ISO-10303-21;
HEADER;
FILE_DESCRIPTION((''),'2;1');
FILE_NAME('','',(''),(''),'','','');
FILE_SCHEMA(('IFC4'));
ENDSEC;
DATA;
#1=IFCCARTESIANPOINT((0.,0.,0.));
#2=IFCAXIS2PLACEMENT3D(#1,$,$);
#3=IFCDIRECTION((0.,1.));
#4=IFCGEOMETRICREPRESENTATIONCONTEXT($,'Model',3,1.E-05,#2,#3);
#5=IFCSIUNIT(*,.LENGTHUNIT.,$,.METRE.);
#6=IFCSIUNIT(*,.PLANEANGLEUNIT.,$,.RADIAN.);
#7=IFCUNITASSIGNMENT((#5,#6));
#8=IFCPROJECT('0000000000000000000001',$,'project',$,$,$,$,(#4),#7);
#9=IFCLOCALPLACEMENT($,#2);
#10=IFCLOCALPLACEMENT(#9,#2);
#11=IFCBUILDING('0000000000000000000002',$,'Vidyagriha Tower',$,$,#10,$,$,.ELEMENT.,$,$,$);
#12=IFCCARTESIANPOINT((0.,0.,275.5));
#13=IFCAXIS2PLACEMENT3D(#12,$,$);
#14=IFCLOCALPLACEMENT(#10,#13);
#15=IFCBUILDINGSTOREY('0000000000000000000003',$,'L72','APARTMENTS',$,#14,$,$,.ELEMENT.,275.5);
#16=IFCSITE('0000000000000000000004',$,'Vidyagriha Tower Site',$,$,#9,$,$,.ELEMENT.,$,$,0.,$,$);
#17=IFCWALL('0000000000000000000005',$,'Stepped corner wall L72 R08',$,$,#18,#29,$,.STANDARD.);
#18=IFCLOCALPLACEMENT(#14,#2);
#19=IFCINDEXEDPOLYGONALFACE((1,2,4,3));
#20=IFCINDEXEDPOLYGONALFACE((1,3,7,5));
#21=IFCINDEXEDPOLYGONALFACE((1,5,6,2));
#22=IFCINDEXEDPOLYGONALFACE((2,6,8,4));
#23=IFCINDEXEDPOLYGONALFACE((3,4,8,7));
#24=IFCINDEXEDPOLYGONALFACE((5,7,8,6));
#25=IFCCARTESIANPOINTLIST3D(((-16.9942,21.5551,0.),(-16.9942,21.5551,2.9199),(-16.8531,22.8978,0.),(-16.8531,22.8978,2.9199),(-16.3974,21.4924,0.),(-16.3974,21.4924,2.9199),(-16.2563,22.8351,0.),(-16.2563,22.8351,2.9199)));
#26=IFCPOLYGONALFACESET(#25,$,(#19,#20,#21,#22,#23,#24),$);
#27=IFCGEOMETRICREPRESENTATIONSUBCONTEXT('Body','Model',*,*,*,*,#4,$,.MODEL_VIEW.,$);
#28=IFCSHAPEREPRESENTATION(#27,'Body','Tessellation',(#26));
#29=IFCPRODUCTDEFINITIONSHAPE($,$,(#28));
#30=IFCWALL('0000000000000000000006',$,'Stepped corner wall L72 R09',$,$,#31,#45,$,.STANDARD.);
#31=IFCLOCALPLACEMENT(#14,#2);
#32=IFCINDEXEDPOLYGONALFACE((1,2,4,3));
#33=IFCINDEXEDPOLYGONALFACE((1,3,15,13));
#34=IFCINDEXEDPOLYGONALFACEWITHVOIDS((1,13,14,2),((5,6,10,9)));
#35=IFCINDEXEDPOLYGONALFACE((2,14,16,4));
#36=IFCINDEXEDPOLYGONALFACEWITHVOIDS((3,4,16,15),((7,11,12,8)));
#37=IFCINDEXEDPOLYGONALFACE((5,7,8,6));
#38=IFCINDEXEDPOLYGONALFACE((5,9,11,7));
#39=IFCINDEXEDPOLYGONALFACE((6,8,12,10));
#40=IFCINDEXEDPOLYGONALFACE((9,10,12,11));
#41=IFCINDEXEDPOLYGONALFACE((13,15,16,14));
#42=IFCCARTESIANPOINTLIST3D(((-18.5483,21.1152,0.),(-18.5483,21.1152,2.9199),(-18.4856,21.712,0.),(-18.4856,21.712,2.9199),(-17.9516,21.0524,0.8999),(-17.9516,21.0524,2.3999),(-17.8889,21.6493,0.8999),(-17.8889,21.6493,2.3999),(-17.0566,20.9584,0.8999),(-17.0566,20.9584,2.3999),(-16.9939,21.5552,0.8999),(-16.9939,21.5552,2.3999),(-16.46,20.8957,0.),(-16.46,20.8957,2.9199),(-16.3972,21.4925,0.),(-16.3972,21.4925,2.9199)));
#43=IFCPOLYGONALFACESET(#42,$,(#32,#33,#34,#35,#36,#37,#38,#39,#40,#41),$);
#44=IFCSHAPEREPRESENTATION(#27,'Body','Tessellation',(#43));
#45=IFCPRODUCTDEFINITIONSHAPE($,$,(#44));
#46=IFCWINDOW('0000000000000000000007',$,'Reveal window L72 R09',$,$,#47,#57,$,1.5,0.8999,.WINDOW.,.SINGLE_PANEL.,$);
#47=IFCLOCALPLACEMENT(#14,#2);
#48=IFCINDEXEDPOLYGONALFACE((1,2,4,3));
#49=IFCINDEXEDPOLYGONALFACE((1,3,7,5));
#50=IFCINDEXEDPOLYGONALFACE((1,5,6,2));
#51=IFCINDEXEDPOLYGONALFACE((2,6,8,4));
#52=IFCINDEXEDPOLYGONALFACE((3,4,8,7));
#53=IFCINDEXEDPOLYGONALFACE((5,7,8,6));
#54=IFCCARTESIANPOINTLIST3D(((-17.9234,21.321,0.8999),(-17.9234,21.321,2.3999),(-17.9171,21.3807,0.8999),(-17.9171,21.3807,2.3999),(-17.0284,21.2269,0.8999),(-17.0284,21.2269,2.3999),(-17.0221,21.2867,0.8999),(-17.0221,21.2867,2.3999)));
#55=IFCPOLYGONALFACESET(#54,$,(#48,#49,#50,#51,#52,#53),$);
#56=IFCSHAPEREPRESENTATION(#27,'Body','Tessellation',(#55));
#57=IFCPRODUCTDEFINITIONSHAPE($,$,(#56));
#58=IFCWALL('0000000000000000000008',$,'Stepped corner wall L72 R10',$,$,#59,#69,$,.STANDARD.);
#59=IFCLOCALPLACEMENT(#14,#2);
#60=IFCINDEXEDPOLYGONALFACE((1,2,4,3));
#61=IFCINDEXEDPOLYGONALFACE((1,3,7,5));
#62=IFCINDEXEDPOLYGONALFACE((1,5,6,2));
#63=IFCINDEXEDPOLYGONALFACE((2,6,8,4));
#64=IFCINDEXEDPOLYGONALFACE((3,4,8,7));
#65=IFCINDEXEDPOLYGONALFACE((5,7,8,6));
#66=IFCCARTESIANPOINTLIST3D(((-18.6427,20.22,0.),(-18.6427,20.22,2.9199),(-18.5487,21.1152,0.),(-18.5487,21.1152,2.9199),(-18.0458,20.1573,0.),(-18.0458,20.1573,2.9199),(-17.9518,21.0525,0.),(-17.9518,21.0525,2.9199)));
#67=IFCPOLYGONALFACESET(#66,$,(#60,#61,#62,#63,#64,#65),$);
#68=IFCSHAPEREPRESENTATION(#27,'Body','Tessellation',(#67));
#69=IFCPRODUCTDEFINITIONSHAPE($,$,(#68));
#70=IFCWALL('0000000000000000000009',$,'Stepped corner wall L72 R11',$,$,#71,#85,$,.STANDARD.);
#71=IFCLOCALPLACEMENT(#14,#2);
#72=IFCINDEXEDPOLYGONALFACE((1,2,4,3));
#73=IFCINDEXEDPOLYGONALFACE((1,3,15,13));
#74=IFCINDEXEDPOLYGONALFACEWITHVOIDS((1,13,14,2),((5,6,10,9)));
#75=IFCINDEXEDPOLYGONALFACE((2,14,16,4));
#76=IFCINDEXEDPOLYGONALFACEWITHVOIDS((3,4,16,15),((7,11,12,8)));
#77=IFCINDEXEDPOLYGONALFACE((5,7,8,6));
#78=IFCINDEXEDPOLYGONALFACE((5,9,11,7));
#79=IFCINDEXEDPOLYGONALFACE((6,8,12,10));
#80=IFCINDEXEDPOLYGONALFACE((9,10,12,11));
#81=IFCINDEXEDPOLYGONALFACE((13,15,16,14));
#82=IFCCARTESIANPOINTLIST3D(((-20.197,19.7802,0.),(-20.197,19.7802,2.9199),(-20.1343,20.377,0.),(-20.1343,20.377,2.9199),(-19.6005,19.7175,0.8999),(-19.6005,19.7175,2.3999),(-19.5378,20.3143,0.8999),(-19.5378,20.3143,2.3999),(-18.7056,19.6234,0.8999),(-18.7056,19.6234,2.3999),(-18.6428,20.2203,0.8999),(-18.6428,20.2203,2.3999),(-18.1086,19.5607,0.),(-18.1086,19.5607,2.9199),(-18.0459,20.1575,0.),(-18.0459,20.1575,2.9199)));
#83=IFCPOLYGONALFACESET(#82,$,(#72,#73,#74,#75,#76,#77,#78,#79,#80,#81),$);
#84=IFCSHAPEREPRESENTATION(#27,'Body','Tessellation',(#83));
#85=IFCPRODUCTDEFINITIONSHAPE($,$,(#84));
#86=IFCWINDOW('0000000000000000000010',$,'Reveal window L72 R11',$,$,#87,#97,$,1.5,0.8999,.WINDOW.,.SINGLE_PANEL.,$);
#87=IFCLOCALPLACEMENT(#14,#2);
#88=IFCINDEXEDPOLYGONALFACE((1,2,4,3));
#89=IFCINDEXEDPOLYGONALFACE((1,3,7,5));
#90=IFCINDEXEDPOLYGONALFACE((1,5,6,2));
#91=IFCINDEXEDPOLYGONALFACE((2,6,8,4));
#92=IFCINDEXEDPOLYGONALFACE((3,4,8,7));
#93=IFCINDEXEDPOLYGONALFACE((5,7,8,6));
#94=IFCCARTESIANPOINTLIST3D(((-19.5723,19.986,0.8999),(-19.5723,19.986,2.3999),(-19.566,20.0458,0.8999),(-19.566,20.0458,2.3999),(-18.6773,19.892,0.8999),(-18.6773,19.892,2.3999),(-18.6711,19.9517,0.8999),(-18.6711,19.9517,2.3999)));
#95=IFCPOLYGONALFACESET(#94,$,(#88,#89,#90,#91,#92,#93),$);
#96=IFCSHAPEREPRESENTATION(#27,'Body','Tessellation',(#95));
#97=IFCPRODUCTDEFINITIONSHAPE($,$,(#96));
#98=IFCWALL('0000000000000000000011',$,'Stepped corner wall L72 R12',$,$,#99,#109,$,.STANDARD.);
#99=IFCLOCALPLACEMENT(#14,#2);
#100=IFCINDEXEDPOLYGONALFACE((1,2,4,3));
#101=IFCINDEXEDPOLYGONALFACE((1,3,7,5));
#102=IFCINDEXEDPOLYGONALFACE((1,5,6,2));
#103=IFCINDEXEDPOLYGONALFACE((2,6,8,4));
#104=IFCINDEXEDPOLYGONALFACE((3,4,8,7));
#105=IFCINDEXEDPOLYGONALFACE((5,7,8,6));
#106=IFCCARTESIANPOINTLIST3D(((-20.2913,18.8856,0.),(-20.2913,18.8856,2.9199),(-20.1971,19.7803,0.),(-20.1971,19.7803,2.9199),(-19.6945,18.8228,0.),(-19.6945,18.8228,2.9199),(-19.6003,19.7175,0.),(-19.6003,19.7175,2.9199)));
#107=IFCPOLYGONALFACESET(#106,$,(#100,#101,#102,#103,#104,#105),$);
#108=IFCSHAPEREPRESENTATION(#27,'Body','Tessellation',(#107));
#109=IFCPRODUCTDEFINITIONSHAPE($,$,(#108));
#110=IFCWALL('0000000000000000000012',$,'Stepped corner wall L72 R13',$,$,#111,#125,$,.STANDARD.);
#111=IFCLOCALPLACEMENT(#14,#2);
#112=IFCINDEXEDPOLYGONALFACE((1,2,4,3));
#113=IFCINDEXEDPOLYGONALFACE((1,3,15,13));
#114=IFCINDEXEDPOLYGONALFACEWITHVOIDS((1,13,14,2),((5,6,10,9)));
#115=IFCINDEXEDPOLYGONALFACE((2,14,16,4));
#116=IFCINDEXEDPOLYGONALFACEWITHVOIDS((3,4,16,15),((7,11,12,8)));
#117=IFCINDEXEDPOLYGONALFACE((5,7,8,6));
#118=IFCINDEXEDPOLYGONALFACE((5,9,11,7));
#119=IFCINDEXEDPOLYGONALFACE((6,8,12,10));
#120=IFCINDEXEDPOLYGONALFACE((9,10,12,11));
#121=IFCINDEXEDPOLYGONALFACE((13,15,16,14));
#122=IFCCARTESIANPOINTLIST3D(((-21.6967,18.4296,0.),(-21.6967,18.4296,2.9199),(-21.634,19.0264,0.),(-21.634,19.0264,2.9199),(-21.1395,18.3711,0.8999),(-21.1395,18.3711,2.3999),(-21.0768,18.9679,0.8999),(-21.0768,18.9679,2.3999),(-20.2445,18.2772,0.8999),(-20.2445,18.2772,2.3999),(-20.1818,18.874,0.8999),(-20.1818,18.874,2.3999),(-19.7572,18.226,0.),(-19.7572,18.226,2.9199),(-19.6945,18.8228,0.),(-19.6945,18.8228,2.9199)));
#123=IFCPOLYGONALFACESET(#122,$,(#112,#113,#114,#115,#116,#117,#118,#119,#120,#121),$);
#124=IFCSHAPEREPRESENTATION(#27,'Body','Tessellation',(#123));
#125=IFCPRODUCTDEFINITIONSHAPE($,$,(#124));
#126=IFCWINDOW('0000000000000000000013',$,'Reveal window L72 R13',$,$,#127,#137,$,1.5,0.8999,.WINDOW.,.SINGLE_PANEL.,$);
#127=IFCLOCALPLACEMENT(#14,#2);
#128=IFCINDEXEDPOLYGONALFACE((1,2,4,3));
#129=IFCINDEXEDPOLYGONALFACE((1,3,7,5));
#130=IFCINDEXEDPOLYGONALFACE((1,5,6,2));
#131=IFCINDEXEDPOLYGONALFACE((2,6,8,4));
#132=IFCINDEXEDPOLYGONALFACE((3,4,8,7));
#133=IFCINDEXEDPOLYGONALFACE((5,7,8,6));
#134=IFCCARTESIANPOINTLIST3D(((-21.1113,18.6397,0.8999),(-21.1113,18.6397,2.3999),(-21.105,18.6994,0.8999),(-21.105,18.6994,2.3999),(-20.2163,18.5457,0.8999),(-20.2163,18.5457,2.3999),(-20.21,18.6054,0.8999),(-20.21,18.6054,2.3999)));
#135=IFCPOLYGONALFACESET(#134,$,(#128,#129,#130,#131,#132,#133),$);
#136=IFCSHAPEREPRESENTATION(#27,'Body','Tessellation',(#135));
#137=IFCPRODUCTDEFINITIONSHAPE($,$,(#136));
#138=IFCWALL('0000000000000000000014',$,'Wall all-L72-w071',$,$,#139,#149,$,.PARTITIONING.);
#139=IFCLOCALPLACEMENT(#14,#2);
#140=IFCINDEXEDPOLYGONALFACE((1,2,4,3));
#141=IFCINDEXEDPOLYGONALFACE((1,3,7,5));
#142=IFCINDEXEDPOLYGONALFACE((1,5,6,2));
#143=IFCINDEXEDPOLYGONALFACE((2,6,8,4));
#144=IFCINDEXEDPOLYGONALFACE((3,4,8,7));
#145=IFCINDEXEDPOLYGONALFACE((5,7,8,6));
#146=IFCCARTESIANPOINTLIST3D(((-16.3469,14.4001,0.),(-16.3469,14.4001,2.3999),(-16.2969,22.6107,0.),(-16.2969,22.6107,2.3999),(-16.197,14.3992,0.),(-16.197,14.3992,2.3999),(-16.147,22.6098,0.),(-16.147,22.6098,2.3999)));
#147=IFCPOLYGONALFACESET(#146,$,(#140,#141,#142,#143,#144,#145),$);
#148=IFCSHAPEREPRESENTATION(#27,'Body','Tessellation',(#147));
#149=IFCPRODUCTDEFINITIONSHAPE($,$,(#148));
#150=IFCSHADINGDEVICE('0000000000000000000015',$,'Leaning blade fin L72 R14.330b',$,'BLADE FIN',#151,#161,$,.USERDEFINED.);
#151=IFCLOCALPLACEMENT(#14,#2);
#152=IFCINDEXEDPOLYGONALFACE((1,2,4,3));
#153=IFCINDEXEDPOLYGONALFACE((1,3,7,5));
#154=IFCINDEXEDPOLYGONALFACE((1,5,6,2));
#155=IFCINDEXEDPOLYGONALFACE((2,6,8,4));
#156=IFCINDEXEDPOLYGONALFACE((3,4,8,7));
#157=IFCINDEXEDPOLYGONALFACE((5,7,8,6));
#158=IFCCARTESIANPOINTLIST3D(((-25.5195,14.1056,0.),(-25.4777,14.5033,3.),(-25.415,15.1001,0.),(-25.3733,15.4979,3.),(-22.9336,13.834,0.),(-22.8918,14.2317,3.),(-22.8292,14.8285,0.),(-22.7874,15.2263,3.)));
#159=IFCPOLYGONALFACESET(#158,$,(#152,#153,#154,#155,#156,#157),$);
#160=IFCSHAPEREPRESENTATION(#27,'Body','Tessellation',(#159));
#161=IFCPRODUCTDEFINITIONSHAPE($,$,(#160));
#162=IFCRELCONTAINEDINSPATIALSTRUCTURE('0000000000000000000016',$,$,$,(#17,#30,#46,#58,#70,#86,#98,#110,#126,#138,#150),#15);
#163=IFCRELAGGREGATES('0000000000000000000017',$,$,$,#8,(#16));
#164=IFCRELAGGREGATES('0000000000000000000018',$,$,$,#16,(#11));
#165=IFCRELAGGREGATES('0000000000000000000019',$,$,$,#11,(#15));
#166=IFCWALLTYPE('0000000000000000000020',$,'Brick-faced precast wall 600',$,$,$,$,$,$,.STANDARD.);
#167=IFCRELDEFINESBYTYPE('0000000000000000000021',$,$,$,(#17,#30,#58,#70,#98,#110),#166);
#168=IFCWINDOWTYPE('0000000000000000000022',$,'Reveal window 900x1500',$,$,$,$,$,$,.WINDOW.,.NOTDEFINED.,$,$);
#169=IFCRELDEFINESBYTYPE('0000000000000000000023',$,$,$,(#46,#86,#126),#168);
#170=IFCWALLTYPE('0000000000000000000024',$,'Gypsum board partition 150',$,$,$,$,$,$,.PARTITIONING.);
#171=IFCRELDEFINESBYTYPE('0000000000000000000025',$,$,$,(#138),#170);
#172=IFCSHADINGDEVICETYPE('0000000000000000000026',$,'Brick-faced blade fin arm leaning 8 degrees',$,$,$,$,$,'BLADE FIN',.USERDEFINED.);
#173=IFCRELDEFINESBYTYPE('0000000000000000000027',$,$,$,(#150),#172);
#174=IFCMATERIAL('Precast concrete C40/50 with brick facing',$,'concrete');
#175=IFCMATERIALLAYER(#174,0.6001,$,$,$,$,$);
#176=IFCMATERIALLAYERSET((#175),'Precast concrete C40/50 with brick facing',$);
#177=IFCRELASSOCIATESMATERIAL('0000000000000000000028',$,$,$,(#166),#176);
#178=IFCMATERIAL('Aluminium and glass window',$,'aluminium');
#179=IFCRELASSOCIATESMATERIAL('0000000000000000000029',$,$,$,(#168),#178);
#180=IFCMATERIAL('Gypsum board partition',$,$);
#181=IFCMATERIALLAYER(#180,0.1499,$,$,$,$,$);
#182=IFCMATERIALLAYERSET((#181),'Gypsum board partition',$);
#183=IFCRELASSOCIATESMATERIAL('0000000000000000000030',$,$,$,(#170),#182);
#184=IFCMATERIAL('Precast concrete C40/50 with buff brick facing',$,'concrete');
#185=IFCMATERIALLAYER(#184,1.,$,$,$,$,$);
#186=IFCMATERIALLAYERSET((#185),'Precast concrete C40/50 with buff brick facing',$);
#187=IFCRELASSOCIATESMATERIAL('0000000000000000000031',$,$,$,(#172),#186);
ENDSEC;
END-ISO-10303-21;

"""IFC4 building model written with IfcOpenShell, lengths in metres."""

from ifc_helpers import new_model, si_unit, direction, frame, frame_2d, origin, place, context, subcontext, project, spatial, polyline, rectangle, outline, extrude, material, layer, layer_set, type_object, element, fill, save


model = new_model("IFC4")

# Units and contexts
model_context = context("Model", 3, precision=1e-05, world=origin(), true_north=direction((0.0, 1.0)))
body_context = subcontext(model_context, "Body", "Model", "MODEL_VIEW")
ifc_project = project(units=[si_unit("LENGTHUNIT", "METRE"), si_unit("PLANEANGLEUNIT", "RADIAN")], contexts=[model_context])

# Site, building, storey
site_placement = place(None, origin())
site = spatial("IfcSite", under=ifc_project, at=site_placement, Name="Vidyagriha Tower Site", CompositionType="ELEMENT", RefElevation=0.0)
building_placement = place(site_placement, origin())
building = spatial("IfcBuilding", under=site, at=building_placement, Name="Vidyagriha Tower", CompositionType="ELEMENT")
storey_placement = place(building_placement, frame((0.0, 0.0, 275.5)))
storey = spatial("IfcBuildingStorey", under=building, at=storey_placement, Name="L72", Description="APARTMENTS", CompositionType="ELEMENT", Elevation=275.5)

# Wall
ifc_material_1 = material(Name="Precast concrete C40/50 with brick facing", Category="concrete")
ifc_layer_1 = layer(ifc_material_1, 0.6001)
ifc_layer_set_1 = layer_set([ifc_layer_1], Name="Precast concrete C40/50 with brick facing")
wall_type_1 = type_object("IfcWallType", Name="Brick-faced precast wall 600", PredefinedType="STANDARD", material=ifc_layer_set_1)
wall_1_placement = place(storey_placement, frame((-16.5547, 22.8665, 0.0), z_axis=(0.0, 0.0, 1.0), x_axis=(-0.104515, -0.994523, 0.0)))
element("IfcWall", 1, at=wall_1_placement, inside=storey, type_object=wall_type_1, Name="Stepped corner wall L72 R08", PredefinedType="STANDARD", context=body_context, shape_type="SweptSolid", body=[
    extrude(rectangle(XDim=1.3501, YDim=0.6001, at=frame_2d((0.675, 0.0))), origin(), (0.0, 0.0, 1.0), 2.9199),
])

# Wall, opening, window
wall_2_placement = place(storey_placement, frame((-16.4287, 21.1941, 0.0), z_axis=(0.0, 0.0, 1.0), x_axis=(-0.994523, 0.104521, 0.0)))
wall_2 = element("IfcWall", 2, at=wall_2_placement, inside=storey, type_object=wall_type_1, Name="Stepped corner wall L72 R09", PredefinedType="STANDARD", context=body_context, shape_type="SweptSolid", body=[
    extrude(rectangle(XDim=2.0999, YDim=0.6001, at=frame_2d((1.0498, 0.0))), origin(), (0.0, 0.0, 1.0), 2.9199),
])
opening_1_placement = place(wall_2_placement, frame((0.5999, 0.0, 0.8999)))
opening_1 = element("IfcOpeningElement", 3, at=opening_1_placement, cuts=wall_2, PredefinedType="OPENING", context=body_context, shape_type="SweptSolid", body=[
    extrude(rectangle(XDim=0.8999, YDim=1.5, at=frame_2d((0.45, 0.75))), frame((0.0, 0.3101, 0.0), z_axis=(0.0, -1.0, 0.0), x_axis=(1.0, 0.0, 0.0)), (0.0, 0.0, 1.0), 0.6201),
])
ifc_material_2 = material(Name="Aluminium and glass window", Category="aluminium")
window_type = type_object("IfcWindowType", Name="Reveal window 900x1500", PartitioningType="NOTDEFINED", PredefinedType="WINDOW", material=ifc_material_2)
window_1_placement = place(opening_1_placement, origin())
window_1 = element("IfcWindow", 4, at=window_1_placement, inside=storey, type_object=window_type, Name="Reveal window L72 R09", OverallHeight=1.5, OverallWidth=0.8999, PartitioningType="SINGLE_PANEL", PredefinedType="WINDOW", context=body_context, shape_type="SweptSolid", body=[
    extrude(rectangle(XDim=0.8999, YDim=1.5, at=frame_2d((0.45, 0.75))), frame((0.0, 0.03, 0.0), z_axis=(0.0, -1.0, 0.0), x_axis=(1.0, 0.0, 0.0)), (0.0, 0.0, 1.0), 0.0601),
])
fill(opening_1, window_1)

# Wall
wall_3_placement = place(storey_placement, frame((-18.2502, 21.084, 0.0), z_axis=(0.0, 0.0, 1.0), x_axis=(-0.104417, -0.994534, 0.0)))
element("IfcWall", 5, at=wall_3_placement, inside=storey, type_object=wall_type_1, Name="Stepped corner wall L72 R10", PredefinedType="STANDARD", context=body_context, shape_type="SweptSolid", body=[
    extrude(rectangle(XDim=0.9001, YDim=0.6001, at=frame_2d((0.4502, 0.0))), origin(), (0.0, 0.0, 1.0), 2.9199),
])

# Wall, opening, window
wall_4_placement = place(storey_placement, frame((-18.0774, 19.8591, 0.0), z_axis=(0.0, 0.0, 1.0), x_axis=(-0.994523, 0.104521, 0.0)))
wall_4 = element("IfcWall", 6, at=wall_4_placement, inside=storey, type_object=wall_type_1, Name="Stepped corner wall L72 R11", PredefinedType="STANDARD", context=body_context, shape_type="SweptSolid", body=[
    extrude(rectangle(XDim=2.0999, YDim=0.6001, at=frame_2d((1.0498, 0.0))), origin(), (0.0, 0.0, 1.0), 2.9199),
])
opening_2_placement = place(wall_4_placement, frame((0.6001, 0.0, 0.8999)))
opening_2 = element("IfcOpeningElement", 7, at=opening_2_placement, cuts=wall_4, PredefinedType="OPENING", context=body_context, shape_type="SweptSolid", body=[
    extrude(rectangle(XDim=0.8999, YDim=1.5, at=frame_2d((0.45, 0.75))), frame((0.0, 0.3101, 0.0), z_axis=(0.0, -1.0, 0.0), x_axis=(1.0, 0.0, 0.0)), (0.0, 0.0, 1.0), 0.6201),
])
window_2_placement = place(opening_2_placement, origin())
window_2 = element("IfcWindow", 8, at=window_2_placement, inside=storey, type_object=window_type, Name="Reveal window L72 R11", OverallHeight=1.5, OverallWidth=0.8999, PartitioningType="SINGLE_PANEL", PredefinedType="WINDOW", context=body_context, shape_type="SweptSolid", body=[
    extrude(rectangle(XDim=0.8999, YDim=1.5, at=frame_2d((0.45, 0.75))), frame((0.0, 0.03, 0.0), z_axis=(0.0, -1.0, 0.0), x_axis=(1.0, 0.0, 0.0)), (0.0, 0.0, 1.0), 0.0601),
])
fill(opening_2, window_2)

# Wall
wall_5_placement = place(storey_placement, frame((-19.8987, 19.7488, 0.0), z_axis=(0.0, 0.0, 1.0), x_axis=(-0.104741, -0.9945, 0.0)))
element("IfcWall", 9, at=wall_5_placement, inside=storey, type_object=wall_type_1, Name="Stepped corner wall L72 R12", PredefinedType="STANDARD", context=body_context, shape_type="SweptSolid", body=[
    extrude(rectangle(XDim=0.8997, YDim=0.6001, at=frame_2d((0.4497, 0.0))), origin(), (0.0, 0.0, 1.0), 2.9199),
])

# Wall, opening, window
wall_6_placement = place(storey_placement, frame((-19.7258, 18.5244, 0.0), z_axis=(0.0, 0.0, 1.0), x_axis=(-0.994534, 0.104411, 0.0)))
wall_6 = element("IfcWall", 10, at=wall_6_placement, inside=storey, type_object=wall_type_1, Name="Stepped corner wall L72 R13", PredefinedType="STANDARD", context=body_context, shape_type="SweptSolid", body=[
    extrude(rectangle(XDim=1.9502, YDim=0.6001, at=frame_2d((0.9751, 0.0))), origin(), (0.0, 0.0, 1.0), 2.9199),
])
opening_3_placement = place(wall_6_placement, frame((0.49, 0.0, 0.8999)))
opening_3 = element("IfcOpeningElement", 11, at=opening_3_placement, cuts=wall_6, PredefinedType="OPENING", context=body_context, shape_type="SweptSolid", body=[
    extrude(rectangle(XDim=0.8999, YDim=1.5, at=frame_2d((0.45, 0.75))), frame((0.0, 0.3101, 0.0), z_axis=(0.0, -1.0, 0.0), x_axis=(1.0, 0.0, 0.0)), (0.0, 0.0, 1.0), 0.6201),
])
window_3_placement = place(opening_3_placement, origin())
window_3 = element("IfcWindow", 12, at=window_3_placement, inside=storey, type_object=window_type, Name="Reveal window L72 R13", OverallHeight=1.5, OverallWidth=0.8999, PartitioningType="SINGLE_PANEL", PredefinedType="WINDOW", context=body_context, shape_type="SweptSolid", body=[
    extrude(rectangle(XDim=0.8999, YDim=1.5, at=frame_2d((0.45, 0.75))), frame((0.0, 0.03, 0.0), z_axis=(0.0, -1.0, 0.0), x_axis=(1.0, 0.0, 0.0)), (0.0, 0.0, 1.0), 0.0601),
])
fill(opening_3, window_3)

# Wall
ifc_material_3 = material(Name="Gypsum board partition")
ifc_layer_2 = layer(ifc_material_3, 0.1499)
ifc_layer_set_2 = layer_set([ifc_layer_2], Name="Gypsum board partition")
wall_type_2 = type_object("IfcWallType", Name="Gypsum board partition 150", PredefinedType="PARTITIONING", material=ifc_layer_set_2)
wall_7_placement = place(storey_placement, frame((-16.2219, 22.6104, 0.0), z_axis=(0.0, 0.0, 1.0), x_axis=(-0.006096, -0.999981, 0.0)))
element("IfcWall", 13, at=wall_7_placement, inside=storey, type_object=wall_type_2, Name="Wall all-L72-w071", PredefinedType="PARTITIONING", context=body_context, shape_type="SweptSolid", body=[
    extrude(rectangle(XDim=8.2107, YDim=0.1499, at=frame_2d((4.1055, 0.0))), origin(), (0.0, 0.0, 1.0), 2.3999),
])

# Shading device
ifc_material_4 = material(Name="Precast concrete C40/50 with buff brick facing", Category="concrete")
ifc_layer_3 = layer(ifc_material_4, 1.0)
ifc_layer_set_3 = layer_set([ifc_layer_3], Name="Precast concrete C40/50 with buff brick facing")
shading_device_type = type_object("IfcShadingDeviceType", Name="Brick-faced blade fin arm leaning 8 degrees", ElementType="BLADE FIN", PredefinedType="USERDEFINED", material=ifc_layer_set_3)
shading_device_placement = place(storey_placement, frame((-24.0803, 15.3621, 0.0), z_axis=(0.0, 0.0, 1.0), x_axis=(-0.104458, -0.994529, 0.0)))
element("IfcShadingDevice", 14, at=shading_device_placement, inside=storey, type_object=shading_device_type, Name="Leaning blade fin L72 R14.330b", ObjectType="BLADE FIN", PredefinedType="USERDEFINED", context=body_context, shape_type="SweptSolid", body=[
    extrude(outline(polyline([(0.3999, 0.0), (1.3999, 0.0), (1.0, 3.0), (0.0, 3.0), (0.3999, 0.0)])), frame((0.0, 1.3, 0.0), z_axis=(0.0, -1.0, 0.0), x_axis=(1.0, 0.0, 0.0)), (0.0, 0.0, 1.0), 2.6001),
])

save(model, "model.ifc")
